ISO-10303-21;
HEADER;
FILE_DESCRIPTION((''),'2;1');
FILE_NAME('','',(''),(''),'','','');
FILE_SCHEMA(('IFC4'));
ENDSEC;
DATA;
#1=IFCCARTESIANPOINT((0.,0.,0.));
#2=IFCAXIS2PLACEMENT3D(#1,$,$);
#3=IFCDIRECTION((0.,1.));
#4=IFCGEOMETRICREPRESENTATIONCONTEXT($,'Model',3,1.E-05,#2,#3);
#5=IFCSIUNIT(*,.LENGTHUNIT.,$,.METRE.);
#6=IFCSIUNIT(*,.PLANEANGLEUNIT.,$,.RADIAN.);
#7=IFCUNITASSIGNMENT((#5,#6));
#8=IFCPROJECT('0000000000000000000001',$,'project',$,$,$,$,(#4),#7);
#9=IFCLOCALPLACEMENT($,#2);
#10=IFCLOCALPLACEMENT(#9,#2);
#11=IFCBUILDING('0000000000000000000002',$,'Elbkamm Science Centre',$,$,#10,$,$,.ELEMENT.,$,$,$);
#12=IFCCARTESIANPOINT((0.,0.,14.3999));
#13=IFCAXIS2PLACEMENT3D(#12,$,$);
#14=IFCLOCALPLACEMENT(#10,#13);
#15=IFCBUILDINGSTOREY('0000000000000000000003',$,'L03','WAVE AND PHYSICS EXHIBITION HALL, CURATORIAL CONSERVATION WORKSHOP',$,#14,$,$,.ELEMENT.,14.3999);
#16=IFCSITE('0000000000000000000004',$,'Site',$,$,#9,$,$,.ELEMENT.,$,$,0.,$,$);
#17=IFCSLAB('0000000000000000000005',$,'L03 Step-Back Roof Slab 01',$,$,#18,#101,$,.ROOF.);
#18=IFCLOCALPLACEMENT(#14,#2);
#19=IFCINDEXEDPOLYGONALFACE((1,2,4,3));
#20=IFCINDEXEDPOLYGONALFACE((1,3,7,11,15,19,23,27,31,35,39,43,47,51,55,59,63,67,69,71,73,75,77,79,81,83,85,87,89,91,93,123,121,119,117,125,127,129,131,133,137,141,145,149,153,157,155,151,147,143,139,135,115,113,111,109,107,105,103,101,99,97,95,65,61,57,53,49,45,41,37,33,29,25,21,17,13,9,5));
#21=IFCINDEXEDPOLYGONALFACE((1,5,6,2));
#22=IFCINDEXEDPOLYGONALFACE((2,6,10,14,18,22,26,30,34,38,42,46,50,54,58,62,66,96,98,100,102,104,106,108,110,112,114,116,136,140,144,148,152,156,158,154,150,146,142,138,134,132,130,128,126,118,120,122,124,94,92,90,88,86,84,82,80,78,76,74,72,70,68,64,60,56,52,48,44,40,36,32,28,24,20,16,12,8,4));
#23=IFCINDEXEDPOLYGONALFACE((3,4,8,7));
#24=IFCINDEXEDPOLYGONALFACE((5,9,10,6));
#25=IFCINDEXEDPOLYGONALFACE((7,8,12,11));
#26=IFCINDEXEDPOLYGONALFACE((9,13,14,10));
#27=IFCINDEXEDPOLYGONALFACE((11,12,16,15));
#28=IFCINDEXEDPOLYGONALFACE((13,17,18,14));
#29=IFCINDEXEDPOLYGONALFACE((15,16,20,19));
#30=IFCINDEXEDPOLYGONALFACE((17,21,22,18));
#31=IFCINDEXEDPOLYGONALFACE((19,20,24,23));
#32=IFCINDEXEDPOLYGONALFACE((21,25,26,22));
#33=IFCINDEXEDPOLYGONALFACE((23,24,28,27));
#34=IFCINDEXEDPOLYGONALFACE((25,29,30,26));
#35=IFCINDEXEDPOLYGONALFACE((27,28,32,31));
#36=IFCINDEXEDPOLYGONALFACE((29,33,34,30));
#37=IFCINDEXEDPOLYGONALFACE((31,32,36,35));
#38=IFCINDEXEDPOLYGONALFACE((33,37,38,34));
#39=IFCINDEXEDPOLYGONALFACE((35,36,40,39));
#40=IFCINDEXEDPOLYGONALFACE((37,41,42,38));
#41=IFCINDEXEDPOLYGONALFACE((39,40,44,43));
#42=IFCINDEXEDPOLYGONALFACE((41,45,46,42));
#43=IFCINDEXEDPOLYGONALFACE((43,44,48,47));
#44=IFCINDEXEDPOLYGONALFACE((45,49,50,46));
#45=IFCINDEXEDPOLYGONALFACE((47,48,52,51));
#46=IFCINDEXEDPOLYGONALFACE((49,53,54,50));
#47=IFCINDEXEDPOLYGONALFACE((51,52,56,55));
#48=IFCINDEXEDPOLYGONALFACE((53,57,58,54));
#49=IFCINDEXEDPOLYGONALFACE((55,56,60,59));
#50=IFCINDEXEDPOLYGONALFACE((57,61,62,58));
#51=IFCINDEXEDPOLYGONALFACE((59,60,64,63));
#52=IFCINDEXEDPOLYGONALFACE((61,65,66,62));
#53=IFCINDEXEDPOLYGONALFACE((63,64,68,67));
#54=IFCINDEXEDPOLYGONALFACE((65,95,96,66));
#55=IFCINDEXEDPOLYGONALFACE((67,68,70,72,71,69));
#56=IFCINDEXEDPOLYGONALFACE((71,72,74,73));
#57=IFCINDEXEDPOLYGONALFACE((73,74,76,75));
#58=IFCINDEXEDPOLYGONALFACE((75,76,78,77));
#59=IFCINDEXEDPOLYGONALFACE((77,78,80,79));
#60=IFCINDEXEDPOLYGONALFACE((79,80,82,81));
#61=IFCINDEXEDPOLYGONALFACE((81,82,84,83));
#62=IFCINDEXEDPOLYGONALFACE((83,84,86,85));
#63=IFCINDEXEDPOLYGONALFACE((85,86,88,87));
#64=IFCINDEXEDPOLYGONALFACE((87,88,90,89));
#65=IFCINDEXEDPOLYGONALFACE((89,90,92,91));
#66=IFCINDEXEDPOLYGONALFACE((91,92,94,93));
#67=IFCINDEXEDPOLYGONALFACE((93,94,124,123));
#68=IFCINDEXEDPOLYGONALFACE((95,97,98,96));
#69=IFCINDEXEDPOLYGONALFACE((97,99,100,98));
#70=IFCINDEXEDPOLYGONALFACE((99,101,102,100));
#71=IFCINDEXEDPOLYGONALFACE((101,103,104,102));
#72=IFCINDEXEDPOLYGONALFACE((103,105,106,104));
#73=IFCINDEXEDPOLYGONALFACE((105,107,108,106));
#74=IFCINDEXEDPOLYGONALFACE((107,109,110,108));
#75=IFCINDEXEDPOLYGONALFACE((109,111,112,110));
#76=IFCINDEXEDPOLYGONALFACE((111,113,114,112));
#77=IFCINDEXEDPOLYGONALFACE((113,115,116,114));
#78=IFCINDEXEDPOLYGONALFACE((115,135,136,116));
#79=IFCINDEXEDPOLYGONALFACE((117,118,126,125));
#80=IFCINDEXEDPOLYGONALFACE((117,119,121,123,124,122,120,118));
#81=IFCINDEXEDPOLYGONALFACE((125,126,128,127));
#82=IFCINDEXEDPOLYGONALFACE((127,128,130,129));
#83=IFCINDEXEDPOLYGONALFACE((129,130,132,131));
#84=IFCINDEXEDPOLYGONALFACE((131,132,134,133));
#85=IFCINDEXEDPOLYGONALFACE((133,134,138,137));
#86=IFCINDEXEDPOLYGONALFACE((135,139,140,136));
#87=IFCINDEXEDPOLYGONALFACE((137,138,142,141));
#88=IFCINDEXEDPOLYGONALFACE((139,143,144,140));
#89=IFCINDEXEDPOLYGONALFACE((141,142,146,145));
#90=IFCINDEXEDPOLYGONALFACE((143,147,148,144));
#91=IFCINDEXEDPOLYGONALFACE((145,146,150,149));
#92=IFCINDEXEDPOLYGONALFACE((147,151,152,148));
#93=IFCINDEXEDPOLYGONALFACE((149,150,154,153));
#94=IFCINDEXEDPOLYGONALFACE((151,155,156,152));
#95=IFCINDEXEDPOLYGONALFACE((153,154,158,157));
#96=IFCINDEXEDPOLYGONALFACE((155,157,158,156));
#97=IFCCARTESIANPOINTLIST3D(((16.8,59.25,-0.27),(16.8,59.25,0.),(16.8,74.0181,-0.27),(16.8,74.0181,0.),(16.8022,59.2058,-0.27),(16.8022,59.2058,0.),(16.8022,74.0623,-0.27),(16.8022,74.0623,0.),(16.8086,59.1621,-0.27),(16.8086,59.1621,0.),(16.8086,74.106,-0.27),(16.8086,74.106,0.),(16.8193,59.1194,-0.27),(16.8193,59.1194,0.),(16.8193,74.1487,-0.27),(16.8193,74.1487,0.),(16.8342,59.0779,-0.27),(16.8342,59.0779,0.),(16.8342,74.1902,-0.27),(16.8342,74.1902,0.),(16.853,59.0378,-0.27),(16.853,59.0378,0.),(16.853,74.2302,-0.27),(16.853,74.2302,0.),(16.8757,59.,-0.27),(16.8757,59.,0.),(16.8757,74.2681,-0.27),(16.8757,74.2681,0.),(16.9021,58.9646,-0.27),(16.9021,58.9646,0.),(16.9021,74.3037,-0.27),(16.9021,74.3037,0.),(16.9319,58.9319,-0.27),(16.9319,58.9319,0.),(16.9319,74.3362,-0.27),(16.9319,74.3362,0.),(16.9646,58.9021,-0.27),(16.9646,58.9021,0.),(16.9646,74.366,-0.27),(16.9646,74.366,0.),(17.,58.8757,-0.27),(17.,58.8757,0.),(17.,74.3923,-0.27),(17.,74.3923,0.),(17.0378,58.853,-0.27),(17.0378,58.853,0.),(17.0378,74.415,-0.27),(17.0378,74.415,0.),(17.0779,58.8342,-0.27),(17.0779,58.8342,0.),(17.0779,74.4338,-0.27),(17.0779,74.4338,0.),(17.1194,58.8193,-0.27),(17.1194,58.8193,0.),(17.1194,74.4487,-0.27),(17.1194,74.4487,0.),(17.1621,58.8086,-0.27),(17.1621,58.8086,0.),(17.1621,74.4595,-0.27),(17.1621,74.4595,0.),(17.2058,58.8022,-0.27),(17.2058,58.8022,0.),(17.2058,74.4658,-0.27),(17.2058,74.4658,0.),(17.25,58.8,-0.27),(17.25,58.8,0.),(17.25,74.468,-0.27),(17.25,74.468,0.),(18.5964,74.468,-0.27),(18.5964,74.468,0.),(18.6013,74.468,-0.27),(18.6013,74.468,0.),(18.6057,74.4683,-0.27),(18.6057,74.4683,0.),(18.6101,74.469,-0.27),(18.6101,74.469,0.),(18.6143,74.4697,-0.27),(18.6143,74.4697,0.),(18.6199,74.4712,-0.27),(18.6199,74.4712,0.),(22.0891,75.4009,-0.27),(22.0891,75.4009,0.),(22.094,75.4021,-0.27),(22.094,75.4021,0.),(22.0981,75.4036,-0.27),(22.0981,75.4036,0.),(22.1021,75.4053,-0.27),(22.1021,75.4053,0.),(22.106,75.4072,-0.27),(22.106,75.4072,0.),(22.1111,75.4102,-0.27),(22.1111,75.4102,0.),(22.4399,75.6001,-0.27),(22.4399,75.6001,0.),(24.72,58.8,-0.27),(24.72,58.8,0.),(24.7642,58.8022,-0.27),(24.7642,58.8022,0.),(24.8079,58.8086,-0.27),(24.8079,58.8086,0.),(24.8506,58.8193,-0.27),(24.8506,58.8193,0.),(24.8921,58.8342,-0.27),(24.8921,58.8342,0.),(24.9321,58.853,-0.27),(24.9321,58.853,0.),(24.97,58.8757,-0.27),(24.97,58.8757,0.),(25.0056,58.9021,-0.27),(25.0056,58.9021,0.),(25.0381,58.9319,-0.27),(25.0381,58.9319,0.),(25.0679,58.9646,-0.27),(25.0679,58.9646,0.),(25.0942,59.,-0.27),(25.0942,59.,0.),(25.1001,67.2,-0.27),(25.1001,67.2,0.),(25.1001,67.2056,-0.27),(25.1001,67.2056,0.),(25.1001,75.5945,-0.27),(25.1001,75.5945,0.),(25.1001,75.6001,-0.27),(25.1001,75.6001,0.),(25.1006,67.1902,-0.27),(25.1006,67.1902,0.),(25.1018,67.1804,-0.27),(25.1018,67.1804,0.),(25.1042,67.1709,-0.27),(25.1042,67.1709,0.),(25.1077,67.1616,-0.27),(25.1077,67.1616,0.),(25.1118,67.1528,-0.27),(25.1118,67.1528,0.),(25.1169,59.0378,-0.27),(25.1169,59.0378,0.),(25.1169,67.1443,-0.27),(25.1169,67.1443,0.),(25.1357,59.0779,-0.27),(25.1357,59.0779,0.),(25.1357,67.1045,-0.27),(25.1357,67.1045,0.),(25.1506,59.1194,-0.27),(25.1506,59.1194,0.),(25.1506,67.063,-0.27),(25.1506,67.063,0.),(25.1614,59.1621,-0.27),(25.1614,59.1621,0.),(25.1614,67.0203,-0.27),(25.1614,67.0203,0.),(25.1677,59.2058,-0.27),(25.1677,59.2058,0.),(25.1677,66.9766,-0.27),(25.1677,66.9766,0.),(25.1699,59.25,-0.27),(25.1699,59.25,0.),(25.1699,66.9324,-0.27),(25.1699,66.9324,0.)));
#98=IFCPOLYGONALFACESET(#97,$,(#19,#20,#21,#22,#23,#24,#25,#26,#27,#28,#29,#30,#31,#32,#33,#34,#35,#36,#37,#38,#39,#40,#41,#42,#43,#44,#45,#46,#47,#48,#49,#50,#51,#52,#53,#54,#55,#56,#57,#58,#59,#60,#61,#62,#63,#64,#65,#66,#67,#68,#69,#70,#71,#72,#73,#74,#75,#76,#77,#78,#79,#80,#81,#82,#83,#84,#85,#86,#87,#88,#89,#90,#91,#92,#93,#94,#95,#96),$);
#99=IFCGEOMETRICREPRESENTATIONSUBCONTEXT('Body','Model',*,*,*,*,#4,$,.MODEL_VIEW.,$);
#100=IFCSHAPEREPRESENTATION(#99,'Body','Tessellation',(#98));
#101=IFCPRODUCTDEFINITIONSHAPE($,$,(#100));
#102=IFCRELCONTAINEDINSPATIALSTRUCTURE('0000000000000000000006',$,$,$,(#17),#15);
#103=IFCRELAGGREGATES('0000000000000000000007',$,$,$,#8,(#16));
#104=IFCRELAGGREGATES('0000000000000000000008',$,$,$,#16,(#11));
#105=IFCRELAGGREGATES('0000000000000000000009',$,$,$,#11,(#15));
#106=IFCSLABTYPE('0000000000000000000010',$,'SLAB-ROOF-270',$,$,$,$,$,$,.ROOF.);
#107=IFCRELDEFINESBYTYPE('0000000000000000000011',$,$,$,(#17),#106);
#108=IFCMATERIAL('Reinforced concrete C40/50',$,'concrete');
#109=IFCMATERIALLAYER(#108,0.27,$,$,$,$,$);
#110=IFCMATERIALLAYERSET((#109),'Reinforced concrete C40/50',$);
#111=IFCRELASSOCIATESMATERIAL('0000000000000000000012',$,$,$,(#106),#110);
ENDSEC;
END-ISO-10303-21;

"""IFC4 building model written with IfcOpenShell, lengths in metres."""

from ifc_helpers import new_model, si_unit, direction, frame, origin, place, context, subcontext, project, spatial, polyline, outline, extrude, material, layer, layer_set, type_object, element, save


model = new_model("IFC4")

# Units and contexts
model_context = context("Model", 3, precision=1e-05, world=origin(), true_north=direction((0.0, 1.0)))
body_context = subcontext(model_context, "Body", "Model", "MODEL_VIEW")
ifc_project = project(units=[si_unit("LENGTHUNIT", "METRE"), si_unit("PLANEANGLEUNIT", "RADIAN")], contexts=[model_context])

# Site, building, storey
site_placement = place(None, origin())
site = spatial("IfcSite", under=ifc_project, at=site_placement, Name="Site", CompositionType="ELEMENT", RefElevation=0.0)
building_placement = place(site_placement, origin())
building = spatial("IfcBuilding", under=site, at=building_placement, Name="Elbkamm Science Centre", CompositionType="ELEMENT")
storey_placement = place(building_placement, frame((0.0, 0.0, 14.3999)))
storey = spatial("IfcBuildingStorey", under=building, at=storey_placement, Name="L03", Description="WAVE AND PHYSICS EXHIBITION HALL, CURATORIAL CONSERVATION WORKSHOP", CompositionType="ELEMENT", Elevation=14.3999)

# Shared definitions
ifc_material_1 = material(Name="Reinforced concrete C40/50", Category="concrete")

# Shared definitions
ifc_layer_1 = layer(ifc_material_1, 0.27)
ifc_layer_set_1 = layer_set([ifc_layer_1], Name="Reinforced concrete C40/50")
slab_type_1 = type_object("IfcSlabType", Name="SLAB-ROOF-270", PredefinedType="ROOF", material=ifc_layer_set_1)

# Slab
slab_1_placement = place(storey_placement, frame((0.0, 0.0, -0.27)))
element("IfcSlab", 1, at=slab_1_placement, inside=storey, type_object=slab_type_1, Name="L03 Step-Back Roof Slab 01", PredefinedType="ROOF", context=body_context, shape_type="SweptSolid", body=[
    extrude(outline(polyline([(25.1506, 67.063), (25.1614, 67.0203), (25.1677, 66.9766), (25.1699, 66.9324), (25.1699, 59.25), (25.1677, 59.2058), (25.1614, 59.1621), (25.1506, 59.1194), (25.1357, 59.0779), (25.1169, 59.0378), (25.0942, 59.0), (25.0679, 58.9646), (25.0381, 58.9319), (25.0056, 58.9021), (24.97, 58.8757), (24.9321, 58.853), (24.8921, 58.8342), (24.8506, 58.8193), (24.8079, 58.8086), (24.7642, 58.8022), (24.72, 58.8), (17.25, 58.8), (17.2058, 58.8022), (17.1621, 58.8086), (17.1194, 58.8193), (17.0779, 58.8342), (17.0378, 58.853), (17.0, 58.8757), (16.9646, 58.9021), (16.9319, 58.9319), (16.9021, 58.9646), (16.8757, 59.0), (16.853, 59.0378), (16.8342, 59.0779), (16.8193, 59.1194), (16.8086, 59.1621), (16.8022, 59.2058), (16.8, 59.25), (16.8, 74.0181), (16.8022, 74.0623), (16.8086, 74.106), (16.8193, 74.1487), (16.8342, 74.1902), (16.853, 74.2302), (16.8757, 74.2681), (16.9021, 74.3037), (16.9319, 74.3362), (16.9646, 74.366), (17.0, 74.3923), (17.0378, 74.415), (17.0779, 74.4338), (17.1194, 74.4487), (17.1621, 74.4595), (17.2058, 74.4658), (17.25, 74.468), (18.5964, 74.468), (18.6013, 74.468), (18.6057, 74.4683), (18.6101, 74.469), (18.6143, 74.4697), (18.6199, 74.4712), (22.0891, 75.4009), (22.094, 75.4021), (22.0981, 75.4036), (22.1021, 75.4053), (22.106, 75.4072), (22.1111, 75.4102), (22.4399, 75.6001), (25.1001, 75.6001), (25.1001, 75.5945), (25.1001, 67.2056), (25.1001, 67.2), (25.1006, 67.1902), (25.1018, 67.1804), (25.1042, 67.1709), (25.1077, 67.1616), (25.1118, 67.1528), (25.1169, 67.1443), (25.1169, 67.1443), (25.1357, 67.1045), (25.1506, 67.063)])), origin(), (0.0, 0.0, 1.0), 0.27),
])

save(model, "model.ifc")
